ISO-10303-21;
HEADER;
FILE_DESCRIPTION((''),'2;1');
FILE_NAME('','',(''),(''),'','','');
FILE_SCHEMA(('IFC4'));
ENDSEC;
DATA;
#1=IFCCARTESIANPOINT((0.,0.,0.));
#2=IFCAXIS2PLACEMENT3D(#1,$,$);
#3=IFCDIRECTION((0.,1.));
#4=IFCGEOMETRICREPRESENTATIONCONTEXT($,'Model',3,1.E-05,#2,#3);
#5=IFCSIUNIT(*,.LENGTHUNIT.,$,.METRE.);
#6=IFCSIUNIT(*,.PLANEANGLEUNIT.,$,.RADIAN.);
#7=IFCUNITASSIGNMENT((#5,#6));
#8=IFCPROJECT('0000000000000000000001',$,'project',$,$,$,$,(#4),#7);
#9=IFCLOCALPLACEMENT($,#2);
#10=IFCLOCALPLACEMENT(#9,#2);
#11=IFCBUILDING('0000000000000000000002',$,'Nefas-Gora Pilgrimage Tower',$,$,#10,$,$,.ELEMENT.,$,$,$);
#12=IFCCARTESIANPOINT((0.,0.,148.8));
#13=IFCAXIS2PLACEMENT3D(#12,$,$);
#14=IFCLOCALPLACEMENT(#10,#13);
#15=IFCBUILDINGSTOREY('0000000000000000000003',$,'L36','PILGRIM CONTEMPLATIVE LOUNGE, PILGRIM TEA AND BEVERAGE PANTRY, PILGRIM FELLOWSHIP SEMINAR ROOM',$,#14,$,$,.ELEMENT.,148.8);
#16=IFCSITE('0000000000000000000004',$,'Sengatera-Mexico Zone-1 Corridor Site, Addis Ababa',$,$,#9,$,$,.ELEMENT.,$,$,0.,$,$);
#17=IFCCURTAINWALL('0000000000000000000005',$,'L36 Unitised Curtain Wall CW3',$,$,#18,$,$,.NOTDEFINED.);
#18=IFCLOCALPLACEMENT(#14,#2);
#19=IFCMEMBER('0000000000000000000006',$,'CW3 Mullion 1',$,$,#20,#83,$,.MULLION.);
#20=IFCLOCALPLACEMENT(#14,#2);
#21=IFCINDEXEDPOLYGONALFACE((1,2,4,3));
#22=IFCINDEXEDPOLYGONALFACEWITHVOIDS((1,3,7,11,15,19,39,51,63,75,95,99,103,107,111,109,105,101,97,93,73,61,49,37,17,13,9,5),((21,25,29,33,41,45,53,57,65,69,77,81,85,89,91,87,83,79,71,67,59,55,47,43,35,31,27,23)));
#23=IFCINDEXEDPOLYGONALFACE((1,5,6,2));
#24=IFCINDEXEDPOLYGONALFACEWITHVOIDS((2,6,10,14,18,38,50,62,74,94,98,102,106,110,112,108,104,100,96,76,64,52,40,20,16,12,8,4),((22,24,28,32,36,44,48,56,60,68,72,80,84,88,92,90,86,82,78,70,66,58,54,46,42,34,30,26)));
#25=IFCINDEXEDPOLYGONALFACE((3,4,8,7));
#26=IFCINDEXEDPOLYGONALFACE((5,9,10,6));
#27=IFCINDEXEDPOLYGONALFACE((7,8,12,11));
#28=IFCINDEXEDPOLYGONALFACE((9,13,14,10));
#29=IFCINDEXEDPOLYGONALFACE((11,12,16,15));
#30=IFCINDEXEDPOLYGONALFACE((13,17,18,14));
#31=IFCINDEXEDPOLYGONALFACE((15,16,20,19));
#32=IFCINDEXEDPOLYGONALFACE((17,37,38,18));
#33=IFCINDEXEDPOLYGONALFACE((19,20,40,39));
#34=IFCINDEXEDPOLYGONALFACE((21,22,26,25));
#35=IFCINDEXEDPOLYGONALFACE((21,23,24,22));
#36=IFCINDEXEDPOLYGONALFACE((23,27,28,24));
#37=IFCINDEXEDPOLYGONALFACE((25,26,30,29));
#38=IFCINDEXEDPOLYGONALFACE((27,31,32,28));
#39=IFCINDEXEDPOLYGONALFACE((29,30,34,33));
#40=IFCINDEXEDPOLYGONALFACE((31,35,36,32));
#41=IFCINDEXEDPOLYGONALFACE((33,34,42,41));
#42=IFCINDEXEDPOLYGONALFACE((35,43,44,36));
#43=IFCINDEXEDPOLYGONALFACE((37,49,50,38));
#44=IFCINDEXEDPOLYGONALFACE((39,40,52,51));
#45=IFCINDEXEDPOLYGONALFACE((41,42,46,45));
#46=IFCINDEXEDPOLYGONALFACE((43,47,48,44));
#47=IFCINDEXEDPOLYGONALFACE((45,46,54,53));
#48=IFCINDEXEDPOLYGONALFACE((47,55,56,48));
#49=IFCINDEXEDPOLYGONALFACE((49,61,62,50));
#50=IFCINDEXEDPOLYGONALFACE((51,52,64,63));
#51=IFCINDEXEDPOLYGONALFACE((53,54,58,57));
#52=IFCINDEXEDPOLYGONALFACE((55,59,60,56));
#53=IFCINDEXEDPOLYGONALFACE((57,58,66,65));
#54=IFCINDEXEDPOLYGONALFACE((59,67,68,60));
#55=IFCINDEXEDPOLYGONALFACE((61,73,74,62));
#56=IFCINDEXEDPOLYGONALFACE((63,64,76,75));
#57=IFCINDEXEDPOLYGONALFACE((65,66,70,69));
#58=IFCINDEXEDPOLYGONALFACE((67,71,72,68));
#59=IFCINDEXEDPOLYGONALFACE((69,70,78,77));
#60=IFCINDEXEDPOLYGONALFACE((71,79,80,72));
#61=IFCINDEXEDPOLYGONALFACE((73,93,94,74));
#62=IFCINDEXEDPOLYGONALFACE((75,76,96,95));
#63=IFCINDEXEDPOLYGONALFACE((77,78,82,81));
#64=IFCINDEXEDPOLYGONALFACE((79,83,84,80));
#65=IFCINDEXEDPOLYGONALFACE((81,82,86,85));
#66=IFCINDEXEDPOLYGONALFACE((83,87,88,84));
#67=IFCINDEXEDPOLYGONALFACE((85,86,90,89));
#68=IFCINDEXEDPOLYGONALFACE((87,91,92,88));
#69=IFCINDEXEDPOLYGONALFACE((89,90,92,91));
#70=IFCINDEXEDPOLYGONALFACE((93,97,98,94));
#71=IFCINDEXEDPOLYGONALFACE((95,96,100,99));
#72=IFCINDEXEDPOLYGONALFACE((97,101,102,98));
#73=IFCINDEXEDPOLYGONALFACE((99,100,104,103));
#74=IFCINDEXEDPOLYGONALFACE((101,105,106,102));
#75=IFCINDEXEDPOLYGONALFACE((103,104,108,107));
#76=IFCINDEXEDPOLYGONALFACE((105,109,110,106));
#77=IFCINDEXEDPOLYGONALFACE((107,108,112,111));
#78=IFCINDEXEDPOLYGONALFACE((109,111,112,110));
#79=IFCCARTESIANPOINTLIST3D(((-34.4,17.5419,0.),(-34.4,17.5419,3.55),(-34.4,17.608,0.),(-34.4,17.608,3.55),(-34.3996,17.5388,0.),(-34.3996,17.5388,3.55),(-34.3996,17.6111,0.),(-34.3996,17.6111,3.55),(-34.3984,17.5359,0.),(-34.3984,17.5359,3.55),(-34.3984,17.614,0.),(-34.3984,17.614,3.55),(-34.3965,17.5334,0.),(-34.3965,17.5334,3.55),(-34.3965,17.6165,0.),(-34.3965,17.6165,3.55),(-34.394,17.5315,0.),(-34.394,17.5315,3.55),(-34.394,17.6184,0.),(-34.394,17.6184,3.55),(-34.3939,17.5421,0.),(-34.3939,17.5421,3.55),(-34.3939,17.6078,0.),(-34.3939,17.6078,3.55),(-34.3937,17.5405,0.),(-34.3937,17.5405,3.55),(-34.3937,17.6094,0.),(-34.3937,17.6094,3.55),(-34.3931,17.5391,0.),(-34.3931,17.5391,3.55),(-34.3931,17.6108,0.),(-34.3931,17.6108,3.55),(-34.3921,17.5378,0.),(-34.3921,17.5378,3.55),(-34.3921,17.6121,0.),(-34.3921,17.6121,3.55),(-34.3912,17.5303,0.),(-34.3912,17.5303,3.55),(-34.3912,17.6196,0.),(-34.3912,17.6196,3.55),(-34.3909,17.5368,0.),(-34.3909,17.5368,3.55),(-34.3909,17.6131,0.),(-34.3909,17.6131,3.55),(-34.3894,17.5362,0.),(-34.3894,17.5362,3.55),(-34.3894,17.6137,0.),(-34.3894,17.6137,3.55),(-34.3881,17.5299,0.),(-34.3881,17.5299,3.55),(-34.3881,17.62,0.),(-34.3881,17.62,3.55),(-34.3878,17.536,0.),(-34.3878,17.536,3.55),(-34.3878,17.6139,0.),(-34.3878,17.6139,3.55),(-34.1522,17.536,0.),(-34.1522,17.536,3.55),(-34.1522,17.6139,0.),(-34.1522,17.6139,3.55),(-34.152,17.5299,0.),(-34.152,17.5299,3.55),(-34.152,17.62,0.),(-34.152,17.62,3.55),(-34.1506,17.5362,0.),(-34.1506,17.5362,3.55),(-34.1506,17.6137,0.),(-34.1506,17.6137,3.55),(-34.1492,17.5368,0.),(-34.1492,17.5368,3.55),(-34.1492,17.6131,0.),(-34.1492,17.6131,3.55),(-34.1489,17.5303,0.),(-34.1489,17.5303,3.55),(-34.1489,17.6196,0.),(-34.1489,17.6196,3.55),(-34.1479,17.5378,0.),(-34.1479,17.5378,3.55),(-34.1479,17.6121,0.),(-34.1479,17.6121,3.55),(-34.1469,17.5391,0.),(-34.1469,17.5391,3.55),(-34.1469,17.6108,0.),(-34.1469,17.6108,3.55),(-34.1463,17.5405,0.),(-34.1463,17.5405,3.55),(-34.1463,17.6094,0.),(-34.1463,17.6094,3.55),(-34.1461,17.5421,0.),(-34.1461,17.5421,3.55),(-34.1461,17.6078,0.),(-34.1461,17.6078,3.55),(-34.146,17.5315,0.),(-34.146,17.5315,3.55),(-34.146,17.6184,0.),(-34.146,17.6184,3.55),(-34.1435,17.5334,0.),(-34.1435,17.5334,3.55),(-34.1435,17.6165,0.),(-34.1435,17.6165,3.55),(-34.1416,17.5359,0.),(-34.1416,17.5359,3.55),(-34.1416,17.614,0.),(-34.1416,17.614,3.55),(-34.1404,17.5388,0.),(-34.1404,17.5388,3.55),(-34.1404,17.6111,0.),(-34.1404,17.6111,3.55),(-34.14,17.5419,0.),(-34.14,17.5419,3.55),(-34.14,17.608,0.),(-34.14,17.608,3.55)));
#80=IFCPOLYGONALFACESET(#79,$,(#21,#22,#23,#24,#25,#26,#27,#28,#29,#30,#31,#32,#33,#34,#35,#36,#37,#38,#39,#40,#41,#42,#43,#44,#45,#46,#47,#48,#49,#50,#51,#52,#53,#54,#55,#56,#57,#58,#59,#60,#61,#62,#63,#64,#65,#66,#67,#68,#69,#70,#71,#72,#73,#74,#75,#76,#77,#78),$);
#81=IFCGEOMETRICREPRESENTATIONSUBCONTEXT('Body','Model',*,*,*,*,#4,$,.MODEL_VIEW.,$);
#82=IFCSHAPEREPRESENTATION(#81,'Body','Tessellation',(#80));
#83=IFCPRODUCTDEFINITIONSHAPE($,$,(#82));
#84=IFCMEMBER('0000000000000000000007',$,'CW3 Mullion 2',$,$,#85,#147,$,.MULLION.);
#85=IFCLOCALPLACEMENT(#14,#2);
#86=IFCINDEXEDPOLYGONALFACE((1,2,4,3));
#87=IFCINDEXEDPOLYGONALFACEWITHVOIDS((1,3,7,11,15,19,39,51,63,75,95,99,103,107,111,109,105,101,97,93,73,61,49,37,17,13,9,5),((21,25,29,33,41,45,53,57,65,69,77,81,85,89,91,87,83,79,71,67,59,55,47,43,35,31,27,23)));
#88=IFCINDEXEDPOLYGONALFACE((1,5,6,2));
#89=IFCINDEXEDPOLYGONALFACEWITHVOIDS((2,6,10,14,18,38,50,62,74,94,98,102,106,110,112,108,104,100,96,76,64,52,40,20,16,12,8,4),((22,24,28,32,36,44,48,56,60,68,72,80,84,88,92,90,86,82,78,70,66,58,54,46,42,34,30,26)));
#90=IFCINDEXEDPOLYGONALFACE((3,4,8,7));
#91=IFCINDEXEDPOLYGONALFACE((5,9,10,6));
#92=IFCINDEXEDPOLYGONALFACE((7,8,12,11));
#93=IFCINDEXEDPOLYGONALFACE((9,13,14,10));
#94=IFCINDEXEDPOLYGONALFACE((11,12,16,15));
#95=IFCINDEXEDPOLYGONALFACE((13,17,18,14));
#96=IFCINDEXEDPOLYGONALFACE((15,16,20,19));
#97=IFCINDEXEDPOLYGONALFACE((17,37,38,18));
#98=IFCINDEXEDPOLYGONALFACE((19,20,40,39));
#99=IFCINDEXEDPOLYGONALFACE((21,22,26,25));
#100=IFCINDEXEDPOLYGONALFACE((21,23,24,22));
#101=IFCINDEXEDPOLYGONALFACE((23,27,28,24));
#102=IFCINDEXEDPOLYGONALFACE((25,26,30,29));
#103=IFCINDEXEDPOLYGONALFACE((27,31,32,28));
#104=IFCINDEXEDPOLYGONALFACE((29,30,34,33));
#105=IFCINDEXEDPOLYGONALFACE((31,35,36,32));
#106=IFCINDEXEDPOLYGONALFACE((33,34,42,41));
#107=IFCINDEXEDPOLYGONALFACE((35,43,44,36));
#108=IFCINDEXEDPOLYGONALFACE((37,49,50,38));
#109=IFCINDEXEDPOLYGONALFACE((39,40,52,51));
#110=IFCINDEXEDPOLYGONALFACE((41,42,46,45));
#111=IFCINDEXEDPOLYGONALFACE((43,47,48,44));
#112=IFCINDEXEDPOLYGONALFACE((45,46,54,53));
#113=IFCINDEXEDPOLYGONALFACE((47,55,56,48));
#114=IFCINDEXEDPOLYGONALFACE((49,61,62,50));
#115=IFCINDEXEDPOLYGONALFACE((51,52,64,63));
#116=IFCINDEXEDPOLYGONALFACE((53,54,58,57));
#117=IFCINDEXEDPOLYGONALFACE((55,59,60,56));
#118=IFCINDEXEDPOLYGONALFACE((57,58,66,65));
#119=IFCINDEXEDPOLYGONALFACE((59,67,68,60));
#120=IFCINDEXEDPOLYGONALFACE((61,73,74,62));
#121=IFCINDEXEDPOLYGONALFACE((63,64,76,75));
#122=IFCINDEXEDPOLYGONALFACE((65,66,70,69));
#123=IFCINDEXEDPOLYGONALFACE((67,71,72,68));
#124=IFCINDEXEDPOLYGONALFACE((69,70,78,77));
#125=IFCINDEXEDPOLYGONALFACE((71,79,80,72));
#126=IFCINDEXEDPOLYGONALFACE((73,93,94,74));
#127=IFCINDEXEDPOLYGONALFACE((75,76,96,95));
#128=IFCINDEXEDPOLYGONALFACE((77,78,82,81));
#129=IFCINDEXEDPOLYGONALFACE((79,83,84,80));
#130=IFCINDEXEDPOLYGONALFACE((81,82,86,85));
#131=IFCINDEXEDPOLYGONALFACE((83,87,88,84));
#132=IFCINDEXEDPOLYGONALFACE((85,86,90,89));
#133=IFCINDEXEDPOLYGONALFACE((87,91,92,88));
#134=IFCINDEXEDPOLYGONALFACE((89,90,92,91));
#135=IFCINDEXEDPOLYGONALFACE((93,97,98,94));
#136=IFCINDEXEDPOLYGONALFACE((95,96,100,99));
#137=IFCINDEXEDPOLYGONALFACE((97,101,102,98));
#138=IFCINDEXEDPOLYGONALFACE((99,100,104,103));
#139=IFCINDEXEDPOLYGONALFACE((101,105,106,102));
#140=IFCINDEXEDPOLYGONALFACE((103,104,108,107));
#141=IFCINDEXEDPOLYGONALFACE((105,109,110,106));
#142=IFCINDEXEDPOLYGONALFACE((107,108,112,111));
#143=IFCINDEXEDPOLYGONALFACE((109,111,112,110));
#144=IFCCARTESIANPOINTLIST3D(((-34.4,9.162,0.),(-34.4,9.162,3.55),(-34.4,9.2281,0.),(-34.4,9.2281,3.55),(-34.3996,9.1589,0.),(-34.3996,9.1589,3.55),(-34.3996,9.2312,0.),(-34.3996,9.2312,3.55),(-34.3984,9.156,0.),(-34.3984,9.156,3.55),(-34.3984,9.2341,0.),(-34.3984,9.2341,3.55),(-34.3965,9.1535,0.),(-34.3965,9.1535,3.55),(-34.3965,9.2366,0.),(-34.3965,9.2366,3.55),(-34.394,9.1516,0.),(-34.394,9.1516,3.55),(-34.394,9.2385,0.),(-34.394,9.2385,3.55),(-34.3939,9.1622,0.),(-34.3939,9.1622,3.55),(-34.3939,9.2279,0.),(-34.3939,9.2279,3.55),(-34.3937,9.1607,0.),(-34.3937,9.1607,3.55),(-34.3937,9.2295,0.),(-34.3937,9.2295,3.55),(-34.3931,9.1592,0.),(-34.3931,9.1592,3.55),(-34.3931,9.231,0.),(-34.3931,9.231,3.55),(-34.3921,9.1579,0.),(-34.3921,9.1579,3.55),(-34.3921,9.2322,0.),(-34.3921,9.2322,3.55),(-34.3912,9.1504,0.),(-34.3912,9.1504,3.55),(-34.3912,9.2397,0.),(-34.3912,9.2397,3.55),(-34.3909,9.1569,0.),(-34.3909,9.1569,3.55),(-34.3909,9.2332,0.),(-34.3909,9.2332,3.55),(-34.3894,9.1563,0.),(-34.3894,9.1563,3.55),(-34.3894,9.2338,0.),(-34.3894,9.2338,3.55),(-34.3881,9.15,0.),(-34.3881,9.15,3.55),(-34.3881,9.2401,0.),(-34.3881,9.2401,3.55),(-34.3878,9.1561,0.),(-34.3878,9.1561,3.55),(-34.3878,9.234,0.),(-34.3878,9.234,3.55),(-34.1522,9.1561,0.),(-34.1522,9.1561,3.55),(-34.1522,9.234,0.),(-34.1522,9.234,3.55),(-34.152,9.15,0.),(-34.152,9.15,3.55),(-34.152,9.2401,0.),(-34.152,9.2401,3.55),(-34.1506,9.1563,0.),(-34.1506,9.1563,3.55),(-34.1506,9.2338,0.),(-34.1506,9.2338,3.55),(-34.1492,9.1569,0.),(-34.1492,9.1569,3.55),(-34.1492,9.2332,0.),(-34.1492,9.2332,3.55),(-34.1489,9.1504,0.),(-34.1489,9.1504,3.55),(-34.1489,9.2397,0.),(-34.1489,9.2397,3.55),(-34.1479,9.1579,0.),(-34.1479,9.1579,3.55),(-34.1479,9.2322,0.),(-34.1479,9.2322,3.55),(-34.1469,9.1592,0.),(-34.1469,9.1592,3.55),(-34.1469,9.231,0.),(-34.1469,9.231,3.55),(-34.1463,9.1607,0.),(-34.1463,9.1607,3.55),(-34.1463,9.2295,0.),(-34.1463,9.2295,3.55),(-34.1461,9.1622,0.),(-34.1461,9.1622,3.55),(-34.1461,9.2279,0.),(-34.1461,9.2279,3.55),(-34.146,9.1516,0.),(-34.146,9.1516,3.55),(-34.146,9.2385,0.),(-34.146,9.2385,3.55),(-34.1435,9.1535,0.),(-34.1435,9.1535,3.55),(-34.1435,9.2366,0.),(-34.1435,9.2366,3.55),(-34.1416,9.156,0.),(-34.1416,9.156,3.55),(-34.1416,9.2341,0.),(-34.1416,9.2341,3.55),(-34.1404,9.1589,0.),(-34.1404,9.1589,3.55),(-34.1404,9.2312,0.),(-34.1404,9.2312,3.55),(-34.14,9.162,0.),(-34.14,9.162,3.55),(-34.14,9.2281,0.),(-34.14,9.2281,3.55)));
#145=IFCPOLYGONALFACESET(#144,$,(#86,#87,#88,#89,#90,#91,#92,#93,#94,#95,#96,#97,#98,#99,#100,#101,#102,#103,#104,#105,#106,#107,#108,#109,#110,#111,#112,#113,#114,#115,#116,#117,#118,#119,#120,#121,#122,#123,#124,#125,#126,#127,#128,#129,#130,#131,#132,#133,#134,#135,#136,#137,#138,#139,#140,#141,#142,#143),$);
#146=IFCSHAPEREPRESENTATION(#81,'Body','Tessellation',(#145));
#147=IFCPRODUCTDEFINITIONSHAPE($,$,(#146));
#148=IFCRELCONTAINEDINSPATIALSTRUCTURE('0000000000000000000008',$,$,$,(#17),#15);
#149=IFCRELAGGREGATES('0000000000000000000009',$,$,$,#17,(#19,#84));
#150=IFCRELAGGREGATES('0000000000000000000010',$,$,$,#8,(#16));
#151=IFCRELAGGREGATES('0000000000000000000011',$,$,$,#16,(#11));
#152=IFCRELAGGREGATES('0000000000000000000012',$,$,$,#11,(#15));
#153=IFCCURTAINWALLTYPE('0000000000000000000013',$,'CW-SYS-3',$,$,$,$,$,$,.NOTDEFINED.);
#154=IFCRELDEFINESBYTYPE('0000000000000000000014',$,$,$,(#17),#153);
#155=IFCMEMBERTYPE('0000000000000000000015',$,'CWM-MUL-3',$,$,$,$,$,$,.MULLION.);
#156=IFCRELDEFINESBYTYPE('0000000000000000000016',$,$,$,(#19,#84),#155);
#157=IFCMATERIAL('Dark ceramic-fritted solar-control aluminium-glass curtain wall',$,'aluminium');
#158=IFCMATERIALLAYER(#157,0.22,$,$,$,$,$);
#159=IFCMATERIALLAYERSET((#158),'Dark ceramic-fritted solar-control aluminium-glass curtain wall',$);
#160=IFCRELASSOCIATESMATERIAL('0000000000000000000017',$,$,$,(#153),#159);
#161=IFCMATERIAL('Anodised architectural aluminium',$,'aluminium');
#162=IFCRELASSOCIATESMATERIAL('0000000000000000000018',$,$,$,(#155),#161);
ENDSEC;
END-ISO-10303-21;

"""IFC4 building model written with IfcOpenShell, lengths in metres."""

from ifc_helpers import new_model, si_unit, direction, frame, origin, origin_2d, place, context, subcontext, project, spatial, hollow_rectangle, extrude, source, transform, mapped, material, layer, layer_set, material_profile, profile_set, type_object, element, aggregate, save


model = new_model("IFC4")

# Units and contexts
model_context = context("Model", 3, precision=1e-05, world=origin(), true_north=direction((0.0, 1.0)))
body_context = subcontext(model_context, "Body", "Model", "MODEL_VIEW")
ifc_project = project(units=[si_unit("LENGTHUNIT", "METRE"), si_unit("PLANEANGLEUNIT", "RADIAN")], contexts=[model_context])

# Site, building, storey
site_placement = place(None, origin())
site = spatial("IfcSite", under=ifc_project, at=site_placement, Name="Sengatera-Mexico Zone-1 Corridor Site, Addis Ababa", CompositionType="ELEMENT", RefElevation=0.0)
building_placement = place(site_placement, origin())
building = spatial("IfcBuilding", under=site, at=building_placement, Name="Nefas-Gora Pilgrimage Tower", CompositionType="ELEMENT")
storey_placement = place(building_placement, frame((0.0, 0.0, 148.8)))
storey = spatial("IfcBuildingStorey", under=building, at=storey_placement, Name="L36", Description="PILGRIM CONTEMPLATIVE LOUNGE, PILGRIM TEA AND BEVERAGE PANTRY, PILGRIM FELLOWSHIP SEMINAR ROOM", CompositionType="ELEMENT", Elevation=148.8)

# Shared definitions
ifc_material_1 = material(Name="Dark ceramic-fritted solar-control aluminium-glass curtain wall", Category="aluminium")
ifc_material_2 = material(Name="Anodised architectural aluminium", Category="aluminium")

# Curtain wall, members
ifc_layer_1 = layer(ifc_material_1, 0.22)
ifc_layer_set_1 = layer_set([ifc_layer_1], Name="Dark ceramic-fritted solar-control aluminium-glass curtain wall")
curtain_wall_type_1 = type_object("IfcCurtainWallType", Name="CW-SYS-3", PredefinedType="NOTDEFINED", material=ifc_layer_set_1)
ifc_material_profile_1 = material_profile(ifc_material_2, hollow_rectangle(XDim=0.0901, YDim=0.26, WallThickness=0.0061, InnerFilletRadius=0.0061, OuterFilletRadius=0.012, at=origin_2d()), Name="ALU MULLION 90x260")
ifc_profile_set_1 = profile_set([ifc_material_profile_1], Name="Anodised architectural aluminium")
member_type_1 = type_object("IfcMemberType", Name="CWM-MUL-3", PredefinedType="MULLION", material=ifc_profile_set_1)
shared_shape_1 = source(origin(), body_context, "Body", "SweptSolid", [
    extrude(hollow_rectangle(XDim=0.0901, YDim=0.26, WallThickness=0.0061, InnerFilletRadius=0.0061, OuterFilletRadius=0.012, at=origin_2d()), origin(), (0.0, 0.0, 1.0), 3.55),
])
curtain_wall_1_placement = place(storey_placement, origin())
curtain_wall_1 = element("IfcCurtainWall", 1, at=curtain_wall_1_placement, inside=storey, type_object=curtain_wall_type_1, Name="L36 Unitised Curtain Wall CW3", PredefinedType="NOTDEFINED")
member_1_placement = place(storey_placement, frame((-34.27, 17.575, 0.0), z_axis=(0.0, 0.0, 1.0), x_axis=(0.0, -1.0, 0.0)))
member_1 = element("IfcMember", 2, at=member_1_placement, type_object=member_type_1, Name="CW3 Mullion 1", PredefinedType="MULLION", context=body_context, shape_type="MappedRepresentation", body=[
    mapped(shared_shape_1, transform((0.0, 0.0, 0.0), x_axis=(1.0, 0.0, 0.0), y_axis=(0.0, 1.0, 0.0), z_axis=(0.0, 0.0, 1.0), scale=1.0)),
])
member_2_placement = place(storey_placement, frame((-34.27, 9.1951, 0.0), z_axis=(0.0, 0.0, 1.0), x_axis=(0.0, -1.0, 0.0)))
member_2 = element("IfcMember", 3, at=member_2_placement, type_object=member_type_1, Name="CW3 Mullion 2", PredefinedType="MULLION", context=body_context, shape_type="MappedRepresentation", body=[
    mapped(shared_shape_1, transform((0.0, 0.0, 0.0), x_axis=(1.0, 0.0, 0.0), y_axis=(0.0, 1.0, 0.0), z_axis=(0.0, 0.0, 1.0), scale=1.0)),
])

aggregate(curtain_wall_1, [member_1, member_2])

save(model, "model.ifc")
